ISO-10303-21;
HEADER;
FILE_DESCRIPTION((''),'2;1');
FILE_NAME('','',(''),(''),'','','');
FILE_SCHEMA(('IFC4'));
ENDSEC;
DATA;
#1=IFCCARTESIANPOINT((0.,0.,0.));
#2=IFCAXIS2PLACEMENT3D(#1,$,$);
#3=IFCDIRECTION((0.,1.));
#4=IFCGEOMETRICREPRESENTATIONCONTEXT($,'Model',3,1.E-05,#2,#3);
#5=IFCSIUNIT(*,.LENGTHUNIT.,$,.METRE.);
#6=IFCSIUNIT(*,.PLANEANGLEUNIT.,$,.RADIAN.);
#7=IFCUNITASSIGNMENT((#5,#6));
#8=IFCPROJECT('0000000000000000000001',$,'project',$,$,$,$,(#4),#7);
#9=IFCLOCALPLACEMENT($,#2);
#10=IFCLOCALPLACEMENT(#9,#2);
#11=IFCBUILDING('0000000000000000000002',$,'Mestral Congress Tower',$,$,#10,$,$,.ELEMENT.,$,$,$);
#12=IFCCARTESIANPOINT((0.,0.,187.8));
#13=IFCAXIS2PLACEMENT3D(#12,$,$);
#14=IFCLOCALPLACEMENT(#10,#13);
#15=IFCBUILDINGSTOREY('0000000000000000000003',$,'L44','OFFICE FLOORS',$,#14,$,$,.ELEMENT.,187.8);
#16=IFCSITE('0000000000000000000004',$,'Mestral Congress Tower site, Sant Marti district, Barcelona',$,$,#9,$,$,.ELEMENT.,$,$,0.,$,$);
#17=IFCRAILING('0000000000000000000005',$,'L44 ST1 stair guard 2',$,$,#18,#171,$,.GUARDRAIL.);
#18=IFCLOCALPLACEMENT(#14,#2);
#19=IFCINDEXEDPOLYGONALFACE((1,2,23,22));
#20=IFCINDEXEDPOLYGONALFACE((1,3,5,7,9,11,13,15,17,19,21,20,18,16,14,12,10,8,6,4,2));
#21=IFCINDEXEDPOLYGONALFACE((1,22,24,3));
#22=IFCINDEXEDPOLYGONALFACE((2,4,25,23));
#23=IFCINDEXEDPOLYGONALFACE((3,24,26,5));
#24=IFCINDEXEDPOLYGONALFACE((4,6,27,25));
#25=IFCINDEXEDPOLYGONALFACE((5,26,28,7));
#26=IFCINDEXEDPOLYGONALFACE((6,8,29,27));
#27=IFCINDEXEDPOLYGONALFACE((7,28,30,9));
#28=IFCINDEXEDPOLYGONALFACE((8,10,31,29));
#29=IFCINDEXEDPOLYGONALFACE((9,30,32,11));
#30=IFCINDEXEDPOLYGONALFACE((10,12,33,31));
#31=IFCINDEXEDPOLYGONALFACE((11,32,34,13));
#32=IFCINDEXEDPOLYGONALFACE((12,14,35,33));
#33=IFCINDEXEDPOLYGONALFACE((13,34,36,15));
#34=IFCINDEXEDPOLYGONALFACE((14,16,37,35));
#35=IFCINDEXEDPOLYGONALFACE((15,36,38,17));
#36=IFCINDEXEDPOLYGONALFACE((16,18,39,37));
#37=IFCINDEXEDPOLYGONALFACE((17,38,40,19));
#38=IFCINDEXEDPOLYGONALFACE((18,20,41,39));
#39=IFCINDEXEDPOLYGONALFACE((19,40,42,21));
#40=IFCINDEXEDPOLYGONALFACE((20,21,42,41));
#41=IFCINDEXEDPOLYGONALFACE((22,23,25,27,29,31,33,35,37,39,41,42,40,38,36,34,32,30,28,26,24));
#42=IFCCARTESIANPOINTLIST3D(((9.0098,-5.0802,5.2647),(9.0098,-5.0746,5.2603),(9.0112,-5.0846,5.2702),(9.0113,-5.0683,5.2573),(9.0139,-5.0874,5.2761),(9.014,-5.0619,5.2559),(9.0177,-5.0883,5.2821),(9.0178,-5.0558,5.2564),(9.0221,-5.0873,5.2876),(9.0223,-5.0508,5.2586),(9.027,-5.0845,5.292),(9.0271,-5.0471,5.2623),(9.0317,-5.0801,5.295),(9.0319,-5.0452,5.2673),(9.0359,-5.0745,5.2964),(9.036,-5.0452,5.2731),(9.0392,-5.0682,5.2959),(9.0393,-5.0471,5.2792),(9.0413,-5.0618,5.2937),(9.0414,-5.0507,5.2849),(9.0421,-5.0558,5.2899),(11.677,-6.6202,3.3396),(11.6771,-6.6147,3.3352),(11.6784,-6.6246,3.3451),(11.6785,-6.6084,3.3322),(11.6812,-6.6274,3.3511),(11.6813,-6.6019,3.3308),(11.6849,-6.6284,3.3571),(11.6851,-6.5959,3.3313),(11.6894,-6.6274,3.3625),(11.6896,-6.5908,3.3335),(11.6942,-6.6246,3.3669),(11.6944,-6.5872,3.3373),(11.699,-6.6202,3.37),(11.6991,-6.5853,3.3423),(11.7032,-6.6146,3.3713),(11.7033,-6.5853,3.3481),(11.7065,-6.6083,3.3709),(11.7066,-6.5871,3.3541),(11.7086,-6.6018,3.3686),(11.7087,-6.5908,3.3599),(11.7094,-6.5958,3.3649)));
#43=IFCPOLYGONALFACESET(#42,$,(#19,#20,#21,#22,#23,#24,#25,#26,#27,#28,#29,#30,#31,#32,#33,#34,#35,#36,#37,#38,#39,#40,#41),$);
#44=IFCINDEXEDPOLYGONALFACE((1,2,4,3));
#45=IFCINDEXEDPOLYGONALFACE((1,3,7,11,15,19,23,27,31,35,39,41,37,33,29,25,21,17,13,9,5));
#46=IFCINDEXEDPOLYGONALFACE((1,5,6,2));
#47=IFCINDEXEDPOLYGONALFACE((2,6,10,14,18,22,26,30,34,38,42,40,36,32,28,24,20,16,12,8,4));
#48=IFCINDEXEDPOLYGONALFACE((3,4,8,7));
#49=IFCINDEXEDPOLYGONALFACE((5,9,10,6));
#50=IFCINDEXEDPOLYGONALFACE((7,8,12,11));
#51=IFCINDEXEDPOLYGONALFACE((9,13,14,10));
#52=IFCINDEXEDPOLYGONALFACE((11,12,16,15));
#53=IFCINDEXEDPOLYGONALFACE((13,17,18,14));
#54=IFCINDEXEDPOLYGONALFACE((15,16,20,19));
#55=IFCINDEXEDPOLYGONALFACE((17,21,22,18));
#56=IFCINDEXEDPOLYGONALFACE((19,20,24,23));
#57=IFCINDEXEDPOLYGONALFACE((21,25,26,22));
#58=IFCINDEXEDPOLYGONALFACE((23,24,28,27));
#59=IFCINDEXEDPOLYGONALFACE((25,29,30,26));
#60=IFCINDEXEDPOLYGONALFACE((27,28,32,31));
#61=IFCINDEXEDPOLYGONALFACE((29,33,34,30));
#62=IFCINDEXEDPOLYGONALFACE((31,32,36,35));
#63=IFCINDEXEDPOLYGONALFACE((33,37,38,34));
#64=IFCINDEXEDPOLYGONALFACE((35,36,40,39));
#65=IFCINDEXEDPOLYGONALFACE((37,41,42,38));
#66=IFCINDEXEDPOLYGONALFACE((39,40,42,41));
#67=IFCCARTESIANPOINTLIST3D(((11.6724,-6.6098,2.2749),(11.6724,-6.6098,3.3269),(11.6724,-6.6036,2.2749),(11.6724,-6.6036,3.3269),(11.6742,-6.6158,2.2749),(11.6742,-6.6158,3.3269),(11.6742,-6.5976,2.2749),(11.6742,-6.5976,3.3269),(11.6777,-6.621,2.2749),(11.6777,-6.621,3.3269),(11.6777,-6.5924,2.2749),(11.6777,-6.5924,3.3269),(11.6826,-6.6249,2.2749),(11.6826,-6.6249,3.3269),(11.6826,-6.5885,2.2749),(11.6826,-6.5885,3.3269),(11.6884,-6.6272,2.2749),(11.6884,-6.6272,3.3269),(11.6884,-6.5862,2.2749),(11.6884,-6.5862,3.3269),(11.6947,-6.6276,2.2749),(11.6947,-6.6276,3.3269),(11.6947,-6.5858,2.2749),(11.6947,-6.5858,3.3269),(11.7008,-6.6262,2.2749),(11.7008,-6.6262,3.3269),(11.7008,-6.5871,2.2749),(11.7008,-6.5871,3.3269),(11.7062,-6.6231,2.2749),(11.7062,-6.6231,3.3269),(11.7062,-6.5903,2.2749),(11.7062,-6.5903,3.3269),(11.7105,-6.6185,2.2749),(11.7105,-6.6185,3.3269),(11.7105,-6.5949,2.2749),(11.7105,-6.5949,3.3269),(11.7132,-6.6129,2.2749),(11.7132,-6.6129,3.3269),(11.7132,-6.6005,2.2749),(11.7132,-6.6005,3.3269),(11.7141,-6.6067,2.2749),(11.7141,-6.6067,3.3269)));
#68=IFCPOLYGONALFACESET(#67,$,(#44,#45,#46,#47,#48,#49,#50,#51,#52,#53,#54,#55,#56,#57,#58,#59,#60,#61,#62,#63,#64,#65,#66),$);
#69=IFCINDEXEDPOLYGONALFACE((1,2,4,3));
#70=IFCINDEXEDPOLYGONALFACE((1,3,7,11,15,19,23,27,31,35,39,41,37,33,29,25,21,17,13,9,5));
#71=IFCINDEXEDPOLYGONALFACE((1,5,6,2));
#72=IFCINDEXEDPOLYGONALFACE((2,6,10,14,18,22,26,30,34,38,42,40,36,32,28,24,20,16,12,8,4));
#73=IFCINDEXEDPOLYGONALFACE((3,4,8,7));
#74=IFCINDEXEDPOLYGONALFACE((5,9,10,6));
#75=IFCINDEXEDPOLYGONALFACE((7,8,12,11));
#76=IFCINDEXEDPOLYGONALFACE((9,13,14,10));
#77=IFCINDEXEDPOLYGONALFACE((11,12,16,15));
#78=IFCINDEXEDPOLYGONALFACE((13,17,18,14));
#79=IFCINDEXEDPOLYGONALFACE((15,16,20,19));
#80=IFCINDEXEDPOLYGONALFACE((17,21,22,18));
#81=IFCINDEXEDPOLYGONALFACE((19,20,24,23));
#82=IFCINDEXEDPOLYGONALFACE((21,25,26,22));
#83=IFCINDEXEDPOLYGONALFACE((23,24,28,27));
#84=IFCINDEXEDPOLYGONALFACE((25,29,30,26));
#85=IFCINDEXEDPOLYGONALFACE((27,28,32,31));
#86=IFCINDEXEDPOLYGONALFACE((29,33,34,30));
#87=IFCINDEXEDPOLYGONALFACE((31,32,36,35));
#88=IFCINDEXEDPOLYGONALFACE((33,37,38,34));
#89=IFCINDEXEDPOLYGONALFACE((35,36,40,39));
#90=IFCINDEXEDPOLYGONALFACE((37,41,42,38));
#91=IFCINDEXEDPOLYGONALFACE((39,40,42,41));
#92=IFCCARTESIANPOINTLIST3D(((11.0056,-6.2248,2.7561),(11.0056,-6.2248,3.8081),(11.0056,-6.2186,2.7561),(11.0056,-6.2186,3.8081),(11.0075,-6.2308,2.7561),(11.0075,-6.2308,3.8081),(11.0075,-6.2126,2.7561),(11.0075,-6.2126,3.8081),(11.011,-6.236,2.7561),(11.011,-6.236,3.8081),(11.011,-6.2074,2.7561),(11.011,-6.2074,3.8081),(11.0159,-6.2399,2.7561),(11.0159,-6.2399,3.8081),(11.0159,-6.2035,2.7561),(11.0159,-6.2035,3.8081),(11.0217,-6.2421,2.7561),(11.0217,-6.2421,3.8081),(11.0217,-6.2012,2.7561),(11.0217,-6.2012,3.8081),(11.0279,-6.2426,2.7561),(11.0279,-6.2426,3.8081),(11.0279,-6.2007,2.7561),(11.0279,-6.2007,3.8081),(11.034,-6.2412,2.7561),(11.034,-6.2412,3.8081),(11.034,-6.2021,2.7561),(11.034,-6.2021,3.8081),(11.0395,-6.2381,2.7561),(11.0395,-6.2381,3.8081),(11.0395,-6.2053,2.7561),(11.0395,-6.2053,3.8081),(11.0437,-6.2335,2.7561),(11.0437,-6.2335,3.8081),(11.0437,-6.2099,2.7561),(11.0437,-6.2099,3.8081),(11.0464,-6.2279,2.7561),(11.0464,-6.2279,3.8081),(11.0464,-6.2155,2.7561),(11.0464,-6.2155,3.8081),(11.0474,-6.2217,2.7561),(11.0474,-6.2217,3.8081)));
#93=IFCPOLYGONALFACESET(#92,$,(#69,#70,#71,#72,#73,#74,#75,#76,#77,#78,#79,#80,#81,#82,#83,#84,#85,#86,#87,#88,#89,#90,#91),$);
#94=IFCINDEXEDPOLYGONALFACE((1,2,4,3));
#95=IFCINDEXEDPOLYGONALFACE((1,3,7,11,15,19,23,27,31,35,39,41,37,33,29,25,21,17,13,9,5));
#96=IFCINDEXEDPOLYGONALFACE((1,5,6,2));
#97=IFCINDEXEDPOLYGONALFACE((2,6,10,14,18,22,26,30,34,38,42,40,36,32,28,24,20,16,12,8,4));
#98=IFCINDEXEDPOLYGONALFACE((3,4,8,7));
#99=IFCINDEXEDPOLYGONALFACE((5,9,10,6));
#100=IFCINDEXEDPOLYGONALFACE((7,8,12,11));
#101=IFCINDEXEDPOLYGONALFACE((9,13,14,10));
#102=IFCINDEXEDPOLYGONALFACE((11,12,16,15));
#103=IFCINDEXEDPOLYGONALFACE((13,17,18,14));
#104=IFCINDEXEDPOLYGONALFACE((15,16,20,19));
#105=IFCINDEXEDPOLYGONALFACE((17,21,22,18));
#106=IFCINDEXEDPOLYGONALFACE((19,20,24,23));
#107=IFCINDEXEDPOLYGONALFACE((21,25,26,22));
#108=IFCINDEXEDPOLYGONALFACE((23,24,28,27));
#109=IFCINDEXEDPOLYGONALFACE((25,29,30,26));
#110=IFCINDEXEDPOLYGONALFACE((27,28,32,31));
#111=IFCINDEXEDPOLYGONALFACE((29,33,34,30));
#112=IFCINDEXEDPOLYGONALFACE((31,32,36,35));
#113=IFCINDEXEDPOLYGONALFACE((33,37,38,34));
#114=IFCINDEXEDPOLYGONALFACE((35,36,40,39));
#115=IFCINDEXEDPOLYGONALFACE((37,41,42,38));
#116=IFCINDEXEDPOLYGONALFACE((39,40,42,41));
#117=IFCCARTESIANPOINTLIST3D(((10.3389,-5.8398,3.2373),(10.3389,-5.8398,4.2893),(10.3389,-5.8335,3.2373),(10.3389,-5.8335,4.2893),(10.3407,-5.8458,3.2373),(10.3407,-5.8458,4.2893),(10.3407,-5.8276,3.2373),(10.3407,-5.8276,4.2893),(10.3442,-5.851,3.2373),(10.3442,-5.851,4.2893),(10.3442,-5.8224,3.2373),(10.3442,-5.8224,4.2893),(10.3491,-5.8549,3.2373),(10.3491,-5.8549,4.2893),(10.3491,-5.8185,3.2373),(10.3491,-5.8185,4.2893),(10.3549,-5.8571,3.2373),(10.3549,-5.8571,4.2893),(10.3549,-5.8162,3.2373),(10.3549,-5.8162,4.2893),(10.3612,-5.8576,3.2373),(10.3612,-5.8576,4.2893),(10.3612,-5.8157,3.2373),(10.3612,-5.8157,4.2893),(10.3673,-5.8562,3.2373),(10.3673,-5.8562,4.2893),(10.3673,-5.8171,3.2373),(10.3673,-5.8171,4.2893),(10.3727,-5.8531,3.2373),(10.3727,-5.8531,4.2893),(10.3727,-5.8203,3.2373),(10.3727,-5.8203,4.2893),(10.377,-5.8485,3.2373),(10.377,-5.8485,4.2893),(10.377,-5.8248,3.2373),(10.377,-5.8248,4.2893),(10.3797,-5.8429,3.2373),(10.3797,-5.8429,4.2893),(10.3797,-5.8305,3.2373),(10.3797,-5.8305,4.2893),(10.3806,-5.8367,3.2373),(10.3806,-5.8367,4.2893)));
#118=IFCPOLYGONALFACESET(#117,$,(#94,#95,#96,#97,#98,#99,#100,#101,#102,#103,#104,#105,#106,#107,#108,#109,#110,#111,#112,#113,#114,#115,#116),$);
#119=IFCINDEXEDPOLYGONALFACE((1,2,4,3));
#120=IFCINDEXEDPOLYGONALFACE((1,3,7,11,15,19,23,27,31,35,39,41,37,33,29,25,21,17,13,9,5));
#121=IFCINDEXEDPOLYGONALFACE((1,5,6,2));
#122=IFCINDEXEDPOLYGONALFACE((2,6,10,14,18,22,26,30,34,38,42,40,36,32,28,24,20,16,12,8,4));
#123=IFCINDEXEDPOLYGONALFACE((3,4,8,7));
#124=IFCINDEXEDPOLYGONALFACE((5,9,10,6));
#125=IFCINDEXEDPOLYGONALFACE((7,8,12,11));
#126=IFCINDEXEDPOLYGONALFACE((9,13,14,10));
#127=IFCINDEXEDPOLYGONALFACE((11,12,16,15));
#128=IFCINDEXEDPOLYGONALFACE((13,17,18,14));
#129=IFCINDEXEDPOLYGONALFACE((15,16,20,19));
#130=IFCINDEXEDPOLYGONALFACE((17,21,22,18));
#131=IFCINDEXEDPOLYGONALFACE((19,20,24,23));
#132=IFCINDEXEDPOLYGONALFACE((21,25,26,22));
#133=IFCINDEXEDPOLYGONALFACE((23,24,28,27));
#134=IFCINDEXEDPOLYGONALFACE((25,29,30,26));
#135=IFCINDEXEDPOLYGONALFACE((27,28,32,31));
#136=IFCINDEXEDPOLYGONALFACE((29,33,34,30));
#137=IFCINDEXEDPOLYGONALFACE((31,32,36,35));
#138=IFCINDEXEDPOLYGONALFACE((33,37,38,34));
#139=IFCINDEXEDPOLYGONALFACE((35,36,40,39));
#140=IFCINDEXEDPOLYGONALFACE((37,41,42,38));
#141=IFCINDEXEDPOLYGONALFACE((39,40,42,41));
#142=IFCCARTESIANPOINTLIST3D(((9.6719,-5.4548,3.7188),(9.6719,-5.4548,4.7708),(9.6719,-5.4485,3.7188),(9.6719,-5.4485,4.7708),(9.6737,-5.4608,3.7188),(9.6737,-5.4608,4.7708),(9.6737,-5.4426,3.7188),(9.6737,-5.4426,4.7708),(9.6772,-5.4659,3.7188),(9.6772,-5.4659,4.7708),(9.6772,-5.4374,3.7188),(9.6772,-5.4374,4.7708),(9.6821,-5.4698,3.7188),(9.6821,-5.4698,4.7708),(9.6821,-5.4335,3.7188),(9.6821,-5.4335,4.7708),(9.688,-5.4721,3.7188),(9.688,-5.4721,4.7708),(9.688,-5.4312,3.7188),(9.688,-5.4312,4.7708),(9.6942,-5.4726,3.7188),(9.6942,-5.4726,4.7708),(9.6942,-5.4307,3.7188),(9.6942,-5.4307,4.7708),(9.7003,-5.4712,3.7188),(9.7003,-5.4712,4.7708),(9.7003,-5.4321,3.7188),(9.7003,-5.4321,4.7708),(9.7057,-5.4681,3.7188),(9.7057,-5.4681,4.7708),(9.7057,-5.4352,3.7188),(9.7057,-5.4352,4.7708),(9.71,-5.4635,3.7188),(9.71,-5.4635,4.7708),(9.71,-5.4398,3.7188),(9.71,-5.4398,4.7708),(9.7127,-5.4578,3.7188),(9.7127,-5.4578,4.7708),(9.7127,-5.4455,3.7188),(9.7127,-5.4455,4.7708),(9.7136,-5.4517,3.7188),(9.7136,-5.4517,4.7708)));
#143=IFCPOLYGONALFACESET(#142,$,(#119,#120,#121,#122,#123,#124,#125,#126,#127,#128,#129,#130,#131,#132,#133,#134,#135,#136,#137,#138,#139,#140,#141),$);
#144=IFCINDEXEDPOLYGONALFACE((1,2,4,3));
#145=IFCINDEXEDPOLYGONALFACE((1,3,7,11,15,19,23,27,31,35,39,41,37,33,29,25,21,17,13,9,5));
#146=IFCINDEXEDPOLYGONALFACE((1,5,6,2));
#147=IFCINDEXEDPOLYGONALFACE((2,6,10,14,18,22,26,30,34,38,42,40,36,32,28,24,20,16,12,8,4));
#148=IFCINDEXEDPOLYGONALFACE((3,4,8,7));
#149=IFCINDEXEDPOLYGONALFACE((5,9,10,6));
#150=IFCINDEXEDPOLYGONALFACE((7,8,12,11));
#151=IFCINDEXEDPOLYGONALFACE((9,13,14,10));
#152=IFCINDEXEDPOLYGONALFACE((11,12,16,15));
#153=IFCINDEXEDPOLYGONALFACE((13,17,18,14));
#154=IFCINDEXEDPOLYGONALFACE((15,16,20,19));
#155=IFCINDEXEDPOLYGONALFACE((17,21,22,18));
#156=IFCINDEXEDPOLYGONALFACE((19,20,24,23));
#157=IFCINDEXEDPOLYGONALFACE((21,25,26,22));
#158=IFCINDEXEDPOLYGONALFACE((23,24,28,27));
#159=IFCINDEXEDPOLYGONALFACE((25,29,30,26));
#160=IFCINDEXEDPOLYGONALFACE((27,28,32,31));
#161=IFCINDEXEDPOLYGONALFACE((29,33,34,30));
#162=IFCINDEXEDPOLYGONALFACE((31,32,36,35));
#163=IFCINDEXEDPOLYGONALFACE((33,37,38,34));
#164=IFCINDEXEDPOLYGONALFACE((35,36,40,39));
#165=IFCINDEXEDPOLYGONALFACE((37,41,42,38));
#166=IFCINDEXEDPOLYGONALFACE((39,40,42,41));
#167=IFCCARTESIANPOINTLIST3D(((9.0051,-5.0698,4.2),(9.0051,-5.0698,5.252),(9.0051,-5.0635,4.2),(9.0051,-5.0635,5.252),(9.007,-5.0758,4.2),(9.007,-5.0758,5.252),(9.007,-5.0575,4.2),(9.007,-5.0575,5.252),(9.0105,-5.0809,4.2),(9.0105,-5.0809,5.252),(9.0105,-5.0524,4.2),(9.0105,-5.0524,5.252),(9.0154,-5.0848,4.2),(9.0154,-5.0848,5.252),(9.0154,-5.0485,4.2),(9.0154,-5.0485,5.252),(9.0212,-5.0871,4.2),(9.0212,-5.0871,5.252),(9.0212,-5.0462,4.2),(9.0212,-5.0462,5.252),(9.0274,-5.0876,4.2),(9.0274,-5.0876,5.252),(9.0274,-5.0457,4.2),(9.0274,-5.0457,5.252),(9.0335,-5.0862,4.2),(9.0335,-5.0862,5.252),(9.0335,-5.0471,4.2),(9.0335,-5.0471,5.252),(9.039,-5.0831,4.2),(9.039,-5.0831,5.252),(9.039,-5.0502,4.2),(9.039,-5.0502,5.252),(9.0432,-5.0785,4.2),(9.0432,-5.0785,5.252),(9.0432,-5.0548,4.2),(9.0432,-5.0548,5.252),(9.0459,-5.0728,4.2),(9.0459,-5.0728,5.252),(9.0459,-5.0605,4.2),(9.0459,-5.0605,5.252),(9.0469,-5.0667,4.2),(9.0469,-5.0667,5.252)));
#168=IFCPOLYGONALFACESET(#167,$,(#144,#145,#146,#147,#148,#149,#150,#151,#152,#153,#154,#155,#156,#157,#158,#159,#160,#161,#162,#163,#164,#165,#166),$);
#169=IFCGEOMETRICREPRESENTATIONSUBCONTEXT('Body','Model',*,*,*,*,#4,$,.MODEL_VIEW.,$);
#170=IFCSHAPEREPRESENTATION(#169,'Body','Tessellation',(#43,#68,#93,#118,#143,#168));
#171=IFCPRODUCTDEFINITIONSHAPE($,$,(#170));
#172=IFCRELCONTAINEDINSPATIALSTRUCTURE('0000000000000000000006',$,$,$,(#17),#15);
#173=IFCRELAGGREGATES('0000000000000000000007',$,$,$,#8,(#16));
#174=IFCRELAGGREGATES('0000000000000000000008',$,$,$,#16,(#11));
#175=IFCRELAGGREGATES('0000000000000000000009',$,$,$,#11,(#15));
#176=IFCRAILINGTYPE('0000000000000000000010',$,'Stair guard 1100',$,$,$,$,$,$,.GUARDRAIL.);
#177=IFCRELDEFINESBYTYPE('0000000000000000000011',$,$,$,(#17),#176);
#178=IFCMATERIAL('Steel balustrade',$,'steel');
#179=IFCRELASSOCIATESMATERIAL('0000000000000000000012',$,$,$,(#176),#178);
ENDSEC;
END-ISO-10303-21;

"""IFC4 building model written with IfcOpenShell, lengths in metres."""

from ifc_helpers import new_model, si_unit, direction, frame, origin, origin_2d, place, context, subcontext, project, spatial, circle, extrude, material, type_object, element, save


model = new_model("IFC4")

# Units and contexts
model_context = context("Model", 3, precision=1e-05, world=origin(), true_north=direction((0.0, 1.0)))
body_context = subcontext(model_context, "Body", "Model", "MODEL_VIEW")
ifc_project = project(units=[si_unit("LENGTHUNIT", "METRE"), si_unit("PLANEANGLEUNIT", "RADIAN")], contexts=[model_context])

# Site, building, storey
site_placement = place(None, origin())
site = spatial("IfcSite", under=ifc_project, at=site_placement, Name="Mestral Congress Tower site, Sant Marti district, Barcelona", CompositionType="ELEMENT", RefElevation=0.0)
building_placement = place(site_placement, origin())
building = spatial("IfcBuilding", under=site, at=building_placement, Name="Mestral Congress Tower", CompositionType="ELEMENT")
storey_placement = place(building_placement, frame((0.0, 0.0, 187.8)))
storey = spatial("IfcBuildingStorey", under=building, at=storey_placement, Name="L44", Description="OFFICE FLOORS", CompositionType="ELEMENT", Elevation=187.8)

# Railing
ifc_material_1 = material(Name="Steel balustrade", Category="steel")
railing_type_1 = type_object("IfcRailingType", Name="Stair guard 1100", PredefinedType="GUARDRAIL", material=ifc_material_1)
railing_1_placement = place(storey_placement, frame((11.6931, -6.6067, 2.2749)))
element("IfcRailing", 1, at=railing_1_placement, inside=storey, type_object=railing_type_1, Name="L44 ST1 stair guard 2", PredefinedType="GUARDRAIL", context=body_context, shape_type="SweptSolid", body=[
    extrude(circle(Radius=0.0239, at=origin_2d()), frame((0.0, 0.0, 1.0762), z_axis=(-0.734364, 0.424015, 0.530019), x_axis=(-0.500027, -0.86601, 0.0)), (0.0, 0.0, 1.0), 3.6321),
    extrude(circle(Radius=0.021, at=origin_2d()), origin(), (0.0, 0.0, 1.0), 1.052),
    extrude(circle(Radius=0.021, at=origin_2d()), frame((-0.6667, 0.385, 0.4812)), (0.0, 0.0, 1.0), 1.052),
    extrude(circle(Radius=0.021, at=origin_2d()), frame((-1.3335, 0.77, 0.9624)), (0.0, 0.0, 1.0), 1.052),
    extrude(circle(Radius=0.021, at=origin_2d()), frame((-2.0005, 1.155, 1.4438)), (0.0, 0.0, 1.0), 1.052),
    extrude(circle(Radius=0.021, at=origin_2d()), frame((-2.6672, 1.54, 1.925)), (0.0, 0.0, 1.0), 1.052),
])

save(model, "model.ifc")
